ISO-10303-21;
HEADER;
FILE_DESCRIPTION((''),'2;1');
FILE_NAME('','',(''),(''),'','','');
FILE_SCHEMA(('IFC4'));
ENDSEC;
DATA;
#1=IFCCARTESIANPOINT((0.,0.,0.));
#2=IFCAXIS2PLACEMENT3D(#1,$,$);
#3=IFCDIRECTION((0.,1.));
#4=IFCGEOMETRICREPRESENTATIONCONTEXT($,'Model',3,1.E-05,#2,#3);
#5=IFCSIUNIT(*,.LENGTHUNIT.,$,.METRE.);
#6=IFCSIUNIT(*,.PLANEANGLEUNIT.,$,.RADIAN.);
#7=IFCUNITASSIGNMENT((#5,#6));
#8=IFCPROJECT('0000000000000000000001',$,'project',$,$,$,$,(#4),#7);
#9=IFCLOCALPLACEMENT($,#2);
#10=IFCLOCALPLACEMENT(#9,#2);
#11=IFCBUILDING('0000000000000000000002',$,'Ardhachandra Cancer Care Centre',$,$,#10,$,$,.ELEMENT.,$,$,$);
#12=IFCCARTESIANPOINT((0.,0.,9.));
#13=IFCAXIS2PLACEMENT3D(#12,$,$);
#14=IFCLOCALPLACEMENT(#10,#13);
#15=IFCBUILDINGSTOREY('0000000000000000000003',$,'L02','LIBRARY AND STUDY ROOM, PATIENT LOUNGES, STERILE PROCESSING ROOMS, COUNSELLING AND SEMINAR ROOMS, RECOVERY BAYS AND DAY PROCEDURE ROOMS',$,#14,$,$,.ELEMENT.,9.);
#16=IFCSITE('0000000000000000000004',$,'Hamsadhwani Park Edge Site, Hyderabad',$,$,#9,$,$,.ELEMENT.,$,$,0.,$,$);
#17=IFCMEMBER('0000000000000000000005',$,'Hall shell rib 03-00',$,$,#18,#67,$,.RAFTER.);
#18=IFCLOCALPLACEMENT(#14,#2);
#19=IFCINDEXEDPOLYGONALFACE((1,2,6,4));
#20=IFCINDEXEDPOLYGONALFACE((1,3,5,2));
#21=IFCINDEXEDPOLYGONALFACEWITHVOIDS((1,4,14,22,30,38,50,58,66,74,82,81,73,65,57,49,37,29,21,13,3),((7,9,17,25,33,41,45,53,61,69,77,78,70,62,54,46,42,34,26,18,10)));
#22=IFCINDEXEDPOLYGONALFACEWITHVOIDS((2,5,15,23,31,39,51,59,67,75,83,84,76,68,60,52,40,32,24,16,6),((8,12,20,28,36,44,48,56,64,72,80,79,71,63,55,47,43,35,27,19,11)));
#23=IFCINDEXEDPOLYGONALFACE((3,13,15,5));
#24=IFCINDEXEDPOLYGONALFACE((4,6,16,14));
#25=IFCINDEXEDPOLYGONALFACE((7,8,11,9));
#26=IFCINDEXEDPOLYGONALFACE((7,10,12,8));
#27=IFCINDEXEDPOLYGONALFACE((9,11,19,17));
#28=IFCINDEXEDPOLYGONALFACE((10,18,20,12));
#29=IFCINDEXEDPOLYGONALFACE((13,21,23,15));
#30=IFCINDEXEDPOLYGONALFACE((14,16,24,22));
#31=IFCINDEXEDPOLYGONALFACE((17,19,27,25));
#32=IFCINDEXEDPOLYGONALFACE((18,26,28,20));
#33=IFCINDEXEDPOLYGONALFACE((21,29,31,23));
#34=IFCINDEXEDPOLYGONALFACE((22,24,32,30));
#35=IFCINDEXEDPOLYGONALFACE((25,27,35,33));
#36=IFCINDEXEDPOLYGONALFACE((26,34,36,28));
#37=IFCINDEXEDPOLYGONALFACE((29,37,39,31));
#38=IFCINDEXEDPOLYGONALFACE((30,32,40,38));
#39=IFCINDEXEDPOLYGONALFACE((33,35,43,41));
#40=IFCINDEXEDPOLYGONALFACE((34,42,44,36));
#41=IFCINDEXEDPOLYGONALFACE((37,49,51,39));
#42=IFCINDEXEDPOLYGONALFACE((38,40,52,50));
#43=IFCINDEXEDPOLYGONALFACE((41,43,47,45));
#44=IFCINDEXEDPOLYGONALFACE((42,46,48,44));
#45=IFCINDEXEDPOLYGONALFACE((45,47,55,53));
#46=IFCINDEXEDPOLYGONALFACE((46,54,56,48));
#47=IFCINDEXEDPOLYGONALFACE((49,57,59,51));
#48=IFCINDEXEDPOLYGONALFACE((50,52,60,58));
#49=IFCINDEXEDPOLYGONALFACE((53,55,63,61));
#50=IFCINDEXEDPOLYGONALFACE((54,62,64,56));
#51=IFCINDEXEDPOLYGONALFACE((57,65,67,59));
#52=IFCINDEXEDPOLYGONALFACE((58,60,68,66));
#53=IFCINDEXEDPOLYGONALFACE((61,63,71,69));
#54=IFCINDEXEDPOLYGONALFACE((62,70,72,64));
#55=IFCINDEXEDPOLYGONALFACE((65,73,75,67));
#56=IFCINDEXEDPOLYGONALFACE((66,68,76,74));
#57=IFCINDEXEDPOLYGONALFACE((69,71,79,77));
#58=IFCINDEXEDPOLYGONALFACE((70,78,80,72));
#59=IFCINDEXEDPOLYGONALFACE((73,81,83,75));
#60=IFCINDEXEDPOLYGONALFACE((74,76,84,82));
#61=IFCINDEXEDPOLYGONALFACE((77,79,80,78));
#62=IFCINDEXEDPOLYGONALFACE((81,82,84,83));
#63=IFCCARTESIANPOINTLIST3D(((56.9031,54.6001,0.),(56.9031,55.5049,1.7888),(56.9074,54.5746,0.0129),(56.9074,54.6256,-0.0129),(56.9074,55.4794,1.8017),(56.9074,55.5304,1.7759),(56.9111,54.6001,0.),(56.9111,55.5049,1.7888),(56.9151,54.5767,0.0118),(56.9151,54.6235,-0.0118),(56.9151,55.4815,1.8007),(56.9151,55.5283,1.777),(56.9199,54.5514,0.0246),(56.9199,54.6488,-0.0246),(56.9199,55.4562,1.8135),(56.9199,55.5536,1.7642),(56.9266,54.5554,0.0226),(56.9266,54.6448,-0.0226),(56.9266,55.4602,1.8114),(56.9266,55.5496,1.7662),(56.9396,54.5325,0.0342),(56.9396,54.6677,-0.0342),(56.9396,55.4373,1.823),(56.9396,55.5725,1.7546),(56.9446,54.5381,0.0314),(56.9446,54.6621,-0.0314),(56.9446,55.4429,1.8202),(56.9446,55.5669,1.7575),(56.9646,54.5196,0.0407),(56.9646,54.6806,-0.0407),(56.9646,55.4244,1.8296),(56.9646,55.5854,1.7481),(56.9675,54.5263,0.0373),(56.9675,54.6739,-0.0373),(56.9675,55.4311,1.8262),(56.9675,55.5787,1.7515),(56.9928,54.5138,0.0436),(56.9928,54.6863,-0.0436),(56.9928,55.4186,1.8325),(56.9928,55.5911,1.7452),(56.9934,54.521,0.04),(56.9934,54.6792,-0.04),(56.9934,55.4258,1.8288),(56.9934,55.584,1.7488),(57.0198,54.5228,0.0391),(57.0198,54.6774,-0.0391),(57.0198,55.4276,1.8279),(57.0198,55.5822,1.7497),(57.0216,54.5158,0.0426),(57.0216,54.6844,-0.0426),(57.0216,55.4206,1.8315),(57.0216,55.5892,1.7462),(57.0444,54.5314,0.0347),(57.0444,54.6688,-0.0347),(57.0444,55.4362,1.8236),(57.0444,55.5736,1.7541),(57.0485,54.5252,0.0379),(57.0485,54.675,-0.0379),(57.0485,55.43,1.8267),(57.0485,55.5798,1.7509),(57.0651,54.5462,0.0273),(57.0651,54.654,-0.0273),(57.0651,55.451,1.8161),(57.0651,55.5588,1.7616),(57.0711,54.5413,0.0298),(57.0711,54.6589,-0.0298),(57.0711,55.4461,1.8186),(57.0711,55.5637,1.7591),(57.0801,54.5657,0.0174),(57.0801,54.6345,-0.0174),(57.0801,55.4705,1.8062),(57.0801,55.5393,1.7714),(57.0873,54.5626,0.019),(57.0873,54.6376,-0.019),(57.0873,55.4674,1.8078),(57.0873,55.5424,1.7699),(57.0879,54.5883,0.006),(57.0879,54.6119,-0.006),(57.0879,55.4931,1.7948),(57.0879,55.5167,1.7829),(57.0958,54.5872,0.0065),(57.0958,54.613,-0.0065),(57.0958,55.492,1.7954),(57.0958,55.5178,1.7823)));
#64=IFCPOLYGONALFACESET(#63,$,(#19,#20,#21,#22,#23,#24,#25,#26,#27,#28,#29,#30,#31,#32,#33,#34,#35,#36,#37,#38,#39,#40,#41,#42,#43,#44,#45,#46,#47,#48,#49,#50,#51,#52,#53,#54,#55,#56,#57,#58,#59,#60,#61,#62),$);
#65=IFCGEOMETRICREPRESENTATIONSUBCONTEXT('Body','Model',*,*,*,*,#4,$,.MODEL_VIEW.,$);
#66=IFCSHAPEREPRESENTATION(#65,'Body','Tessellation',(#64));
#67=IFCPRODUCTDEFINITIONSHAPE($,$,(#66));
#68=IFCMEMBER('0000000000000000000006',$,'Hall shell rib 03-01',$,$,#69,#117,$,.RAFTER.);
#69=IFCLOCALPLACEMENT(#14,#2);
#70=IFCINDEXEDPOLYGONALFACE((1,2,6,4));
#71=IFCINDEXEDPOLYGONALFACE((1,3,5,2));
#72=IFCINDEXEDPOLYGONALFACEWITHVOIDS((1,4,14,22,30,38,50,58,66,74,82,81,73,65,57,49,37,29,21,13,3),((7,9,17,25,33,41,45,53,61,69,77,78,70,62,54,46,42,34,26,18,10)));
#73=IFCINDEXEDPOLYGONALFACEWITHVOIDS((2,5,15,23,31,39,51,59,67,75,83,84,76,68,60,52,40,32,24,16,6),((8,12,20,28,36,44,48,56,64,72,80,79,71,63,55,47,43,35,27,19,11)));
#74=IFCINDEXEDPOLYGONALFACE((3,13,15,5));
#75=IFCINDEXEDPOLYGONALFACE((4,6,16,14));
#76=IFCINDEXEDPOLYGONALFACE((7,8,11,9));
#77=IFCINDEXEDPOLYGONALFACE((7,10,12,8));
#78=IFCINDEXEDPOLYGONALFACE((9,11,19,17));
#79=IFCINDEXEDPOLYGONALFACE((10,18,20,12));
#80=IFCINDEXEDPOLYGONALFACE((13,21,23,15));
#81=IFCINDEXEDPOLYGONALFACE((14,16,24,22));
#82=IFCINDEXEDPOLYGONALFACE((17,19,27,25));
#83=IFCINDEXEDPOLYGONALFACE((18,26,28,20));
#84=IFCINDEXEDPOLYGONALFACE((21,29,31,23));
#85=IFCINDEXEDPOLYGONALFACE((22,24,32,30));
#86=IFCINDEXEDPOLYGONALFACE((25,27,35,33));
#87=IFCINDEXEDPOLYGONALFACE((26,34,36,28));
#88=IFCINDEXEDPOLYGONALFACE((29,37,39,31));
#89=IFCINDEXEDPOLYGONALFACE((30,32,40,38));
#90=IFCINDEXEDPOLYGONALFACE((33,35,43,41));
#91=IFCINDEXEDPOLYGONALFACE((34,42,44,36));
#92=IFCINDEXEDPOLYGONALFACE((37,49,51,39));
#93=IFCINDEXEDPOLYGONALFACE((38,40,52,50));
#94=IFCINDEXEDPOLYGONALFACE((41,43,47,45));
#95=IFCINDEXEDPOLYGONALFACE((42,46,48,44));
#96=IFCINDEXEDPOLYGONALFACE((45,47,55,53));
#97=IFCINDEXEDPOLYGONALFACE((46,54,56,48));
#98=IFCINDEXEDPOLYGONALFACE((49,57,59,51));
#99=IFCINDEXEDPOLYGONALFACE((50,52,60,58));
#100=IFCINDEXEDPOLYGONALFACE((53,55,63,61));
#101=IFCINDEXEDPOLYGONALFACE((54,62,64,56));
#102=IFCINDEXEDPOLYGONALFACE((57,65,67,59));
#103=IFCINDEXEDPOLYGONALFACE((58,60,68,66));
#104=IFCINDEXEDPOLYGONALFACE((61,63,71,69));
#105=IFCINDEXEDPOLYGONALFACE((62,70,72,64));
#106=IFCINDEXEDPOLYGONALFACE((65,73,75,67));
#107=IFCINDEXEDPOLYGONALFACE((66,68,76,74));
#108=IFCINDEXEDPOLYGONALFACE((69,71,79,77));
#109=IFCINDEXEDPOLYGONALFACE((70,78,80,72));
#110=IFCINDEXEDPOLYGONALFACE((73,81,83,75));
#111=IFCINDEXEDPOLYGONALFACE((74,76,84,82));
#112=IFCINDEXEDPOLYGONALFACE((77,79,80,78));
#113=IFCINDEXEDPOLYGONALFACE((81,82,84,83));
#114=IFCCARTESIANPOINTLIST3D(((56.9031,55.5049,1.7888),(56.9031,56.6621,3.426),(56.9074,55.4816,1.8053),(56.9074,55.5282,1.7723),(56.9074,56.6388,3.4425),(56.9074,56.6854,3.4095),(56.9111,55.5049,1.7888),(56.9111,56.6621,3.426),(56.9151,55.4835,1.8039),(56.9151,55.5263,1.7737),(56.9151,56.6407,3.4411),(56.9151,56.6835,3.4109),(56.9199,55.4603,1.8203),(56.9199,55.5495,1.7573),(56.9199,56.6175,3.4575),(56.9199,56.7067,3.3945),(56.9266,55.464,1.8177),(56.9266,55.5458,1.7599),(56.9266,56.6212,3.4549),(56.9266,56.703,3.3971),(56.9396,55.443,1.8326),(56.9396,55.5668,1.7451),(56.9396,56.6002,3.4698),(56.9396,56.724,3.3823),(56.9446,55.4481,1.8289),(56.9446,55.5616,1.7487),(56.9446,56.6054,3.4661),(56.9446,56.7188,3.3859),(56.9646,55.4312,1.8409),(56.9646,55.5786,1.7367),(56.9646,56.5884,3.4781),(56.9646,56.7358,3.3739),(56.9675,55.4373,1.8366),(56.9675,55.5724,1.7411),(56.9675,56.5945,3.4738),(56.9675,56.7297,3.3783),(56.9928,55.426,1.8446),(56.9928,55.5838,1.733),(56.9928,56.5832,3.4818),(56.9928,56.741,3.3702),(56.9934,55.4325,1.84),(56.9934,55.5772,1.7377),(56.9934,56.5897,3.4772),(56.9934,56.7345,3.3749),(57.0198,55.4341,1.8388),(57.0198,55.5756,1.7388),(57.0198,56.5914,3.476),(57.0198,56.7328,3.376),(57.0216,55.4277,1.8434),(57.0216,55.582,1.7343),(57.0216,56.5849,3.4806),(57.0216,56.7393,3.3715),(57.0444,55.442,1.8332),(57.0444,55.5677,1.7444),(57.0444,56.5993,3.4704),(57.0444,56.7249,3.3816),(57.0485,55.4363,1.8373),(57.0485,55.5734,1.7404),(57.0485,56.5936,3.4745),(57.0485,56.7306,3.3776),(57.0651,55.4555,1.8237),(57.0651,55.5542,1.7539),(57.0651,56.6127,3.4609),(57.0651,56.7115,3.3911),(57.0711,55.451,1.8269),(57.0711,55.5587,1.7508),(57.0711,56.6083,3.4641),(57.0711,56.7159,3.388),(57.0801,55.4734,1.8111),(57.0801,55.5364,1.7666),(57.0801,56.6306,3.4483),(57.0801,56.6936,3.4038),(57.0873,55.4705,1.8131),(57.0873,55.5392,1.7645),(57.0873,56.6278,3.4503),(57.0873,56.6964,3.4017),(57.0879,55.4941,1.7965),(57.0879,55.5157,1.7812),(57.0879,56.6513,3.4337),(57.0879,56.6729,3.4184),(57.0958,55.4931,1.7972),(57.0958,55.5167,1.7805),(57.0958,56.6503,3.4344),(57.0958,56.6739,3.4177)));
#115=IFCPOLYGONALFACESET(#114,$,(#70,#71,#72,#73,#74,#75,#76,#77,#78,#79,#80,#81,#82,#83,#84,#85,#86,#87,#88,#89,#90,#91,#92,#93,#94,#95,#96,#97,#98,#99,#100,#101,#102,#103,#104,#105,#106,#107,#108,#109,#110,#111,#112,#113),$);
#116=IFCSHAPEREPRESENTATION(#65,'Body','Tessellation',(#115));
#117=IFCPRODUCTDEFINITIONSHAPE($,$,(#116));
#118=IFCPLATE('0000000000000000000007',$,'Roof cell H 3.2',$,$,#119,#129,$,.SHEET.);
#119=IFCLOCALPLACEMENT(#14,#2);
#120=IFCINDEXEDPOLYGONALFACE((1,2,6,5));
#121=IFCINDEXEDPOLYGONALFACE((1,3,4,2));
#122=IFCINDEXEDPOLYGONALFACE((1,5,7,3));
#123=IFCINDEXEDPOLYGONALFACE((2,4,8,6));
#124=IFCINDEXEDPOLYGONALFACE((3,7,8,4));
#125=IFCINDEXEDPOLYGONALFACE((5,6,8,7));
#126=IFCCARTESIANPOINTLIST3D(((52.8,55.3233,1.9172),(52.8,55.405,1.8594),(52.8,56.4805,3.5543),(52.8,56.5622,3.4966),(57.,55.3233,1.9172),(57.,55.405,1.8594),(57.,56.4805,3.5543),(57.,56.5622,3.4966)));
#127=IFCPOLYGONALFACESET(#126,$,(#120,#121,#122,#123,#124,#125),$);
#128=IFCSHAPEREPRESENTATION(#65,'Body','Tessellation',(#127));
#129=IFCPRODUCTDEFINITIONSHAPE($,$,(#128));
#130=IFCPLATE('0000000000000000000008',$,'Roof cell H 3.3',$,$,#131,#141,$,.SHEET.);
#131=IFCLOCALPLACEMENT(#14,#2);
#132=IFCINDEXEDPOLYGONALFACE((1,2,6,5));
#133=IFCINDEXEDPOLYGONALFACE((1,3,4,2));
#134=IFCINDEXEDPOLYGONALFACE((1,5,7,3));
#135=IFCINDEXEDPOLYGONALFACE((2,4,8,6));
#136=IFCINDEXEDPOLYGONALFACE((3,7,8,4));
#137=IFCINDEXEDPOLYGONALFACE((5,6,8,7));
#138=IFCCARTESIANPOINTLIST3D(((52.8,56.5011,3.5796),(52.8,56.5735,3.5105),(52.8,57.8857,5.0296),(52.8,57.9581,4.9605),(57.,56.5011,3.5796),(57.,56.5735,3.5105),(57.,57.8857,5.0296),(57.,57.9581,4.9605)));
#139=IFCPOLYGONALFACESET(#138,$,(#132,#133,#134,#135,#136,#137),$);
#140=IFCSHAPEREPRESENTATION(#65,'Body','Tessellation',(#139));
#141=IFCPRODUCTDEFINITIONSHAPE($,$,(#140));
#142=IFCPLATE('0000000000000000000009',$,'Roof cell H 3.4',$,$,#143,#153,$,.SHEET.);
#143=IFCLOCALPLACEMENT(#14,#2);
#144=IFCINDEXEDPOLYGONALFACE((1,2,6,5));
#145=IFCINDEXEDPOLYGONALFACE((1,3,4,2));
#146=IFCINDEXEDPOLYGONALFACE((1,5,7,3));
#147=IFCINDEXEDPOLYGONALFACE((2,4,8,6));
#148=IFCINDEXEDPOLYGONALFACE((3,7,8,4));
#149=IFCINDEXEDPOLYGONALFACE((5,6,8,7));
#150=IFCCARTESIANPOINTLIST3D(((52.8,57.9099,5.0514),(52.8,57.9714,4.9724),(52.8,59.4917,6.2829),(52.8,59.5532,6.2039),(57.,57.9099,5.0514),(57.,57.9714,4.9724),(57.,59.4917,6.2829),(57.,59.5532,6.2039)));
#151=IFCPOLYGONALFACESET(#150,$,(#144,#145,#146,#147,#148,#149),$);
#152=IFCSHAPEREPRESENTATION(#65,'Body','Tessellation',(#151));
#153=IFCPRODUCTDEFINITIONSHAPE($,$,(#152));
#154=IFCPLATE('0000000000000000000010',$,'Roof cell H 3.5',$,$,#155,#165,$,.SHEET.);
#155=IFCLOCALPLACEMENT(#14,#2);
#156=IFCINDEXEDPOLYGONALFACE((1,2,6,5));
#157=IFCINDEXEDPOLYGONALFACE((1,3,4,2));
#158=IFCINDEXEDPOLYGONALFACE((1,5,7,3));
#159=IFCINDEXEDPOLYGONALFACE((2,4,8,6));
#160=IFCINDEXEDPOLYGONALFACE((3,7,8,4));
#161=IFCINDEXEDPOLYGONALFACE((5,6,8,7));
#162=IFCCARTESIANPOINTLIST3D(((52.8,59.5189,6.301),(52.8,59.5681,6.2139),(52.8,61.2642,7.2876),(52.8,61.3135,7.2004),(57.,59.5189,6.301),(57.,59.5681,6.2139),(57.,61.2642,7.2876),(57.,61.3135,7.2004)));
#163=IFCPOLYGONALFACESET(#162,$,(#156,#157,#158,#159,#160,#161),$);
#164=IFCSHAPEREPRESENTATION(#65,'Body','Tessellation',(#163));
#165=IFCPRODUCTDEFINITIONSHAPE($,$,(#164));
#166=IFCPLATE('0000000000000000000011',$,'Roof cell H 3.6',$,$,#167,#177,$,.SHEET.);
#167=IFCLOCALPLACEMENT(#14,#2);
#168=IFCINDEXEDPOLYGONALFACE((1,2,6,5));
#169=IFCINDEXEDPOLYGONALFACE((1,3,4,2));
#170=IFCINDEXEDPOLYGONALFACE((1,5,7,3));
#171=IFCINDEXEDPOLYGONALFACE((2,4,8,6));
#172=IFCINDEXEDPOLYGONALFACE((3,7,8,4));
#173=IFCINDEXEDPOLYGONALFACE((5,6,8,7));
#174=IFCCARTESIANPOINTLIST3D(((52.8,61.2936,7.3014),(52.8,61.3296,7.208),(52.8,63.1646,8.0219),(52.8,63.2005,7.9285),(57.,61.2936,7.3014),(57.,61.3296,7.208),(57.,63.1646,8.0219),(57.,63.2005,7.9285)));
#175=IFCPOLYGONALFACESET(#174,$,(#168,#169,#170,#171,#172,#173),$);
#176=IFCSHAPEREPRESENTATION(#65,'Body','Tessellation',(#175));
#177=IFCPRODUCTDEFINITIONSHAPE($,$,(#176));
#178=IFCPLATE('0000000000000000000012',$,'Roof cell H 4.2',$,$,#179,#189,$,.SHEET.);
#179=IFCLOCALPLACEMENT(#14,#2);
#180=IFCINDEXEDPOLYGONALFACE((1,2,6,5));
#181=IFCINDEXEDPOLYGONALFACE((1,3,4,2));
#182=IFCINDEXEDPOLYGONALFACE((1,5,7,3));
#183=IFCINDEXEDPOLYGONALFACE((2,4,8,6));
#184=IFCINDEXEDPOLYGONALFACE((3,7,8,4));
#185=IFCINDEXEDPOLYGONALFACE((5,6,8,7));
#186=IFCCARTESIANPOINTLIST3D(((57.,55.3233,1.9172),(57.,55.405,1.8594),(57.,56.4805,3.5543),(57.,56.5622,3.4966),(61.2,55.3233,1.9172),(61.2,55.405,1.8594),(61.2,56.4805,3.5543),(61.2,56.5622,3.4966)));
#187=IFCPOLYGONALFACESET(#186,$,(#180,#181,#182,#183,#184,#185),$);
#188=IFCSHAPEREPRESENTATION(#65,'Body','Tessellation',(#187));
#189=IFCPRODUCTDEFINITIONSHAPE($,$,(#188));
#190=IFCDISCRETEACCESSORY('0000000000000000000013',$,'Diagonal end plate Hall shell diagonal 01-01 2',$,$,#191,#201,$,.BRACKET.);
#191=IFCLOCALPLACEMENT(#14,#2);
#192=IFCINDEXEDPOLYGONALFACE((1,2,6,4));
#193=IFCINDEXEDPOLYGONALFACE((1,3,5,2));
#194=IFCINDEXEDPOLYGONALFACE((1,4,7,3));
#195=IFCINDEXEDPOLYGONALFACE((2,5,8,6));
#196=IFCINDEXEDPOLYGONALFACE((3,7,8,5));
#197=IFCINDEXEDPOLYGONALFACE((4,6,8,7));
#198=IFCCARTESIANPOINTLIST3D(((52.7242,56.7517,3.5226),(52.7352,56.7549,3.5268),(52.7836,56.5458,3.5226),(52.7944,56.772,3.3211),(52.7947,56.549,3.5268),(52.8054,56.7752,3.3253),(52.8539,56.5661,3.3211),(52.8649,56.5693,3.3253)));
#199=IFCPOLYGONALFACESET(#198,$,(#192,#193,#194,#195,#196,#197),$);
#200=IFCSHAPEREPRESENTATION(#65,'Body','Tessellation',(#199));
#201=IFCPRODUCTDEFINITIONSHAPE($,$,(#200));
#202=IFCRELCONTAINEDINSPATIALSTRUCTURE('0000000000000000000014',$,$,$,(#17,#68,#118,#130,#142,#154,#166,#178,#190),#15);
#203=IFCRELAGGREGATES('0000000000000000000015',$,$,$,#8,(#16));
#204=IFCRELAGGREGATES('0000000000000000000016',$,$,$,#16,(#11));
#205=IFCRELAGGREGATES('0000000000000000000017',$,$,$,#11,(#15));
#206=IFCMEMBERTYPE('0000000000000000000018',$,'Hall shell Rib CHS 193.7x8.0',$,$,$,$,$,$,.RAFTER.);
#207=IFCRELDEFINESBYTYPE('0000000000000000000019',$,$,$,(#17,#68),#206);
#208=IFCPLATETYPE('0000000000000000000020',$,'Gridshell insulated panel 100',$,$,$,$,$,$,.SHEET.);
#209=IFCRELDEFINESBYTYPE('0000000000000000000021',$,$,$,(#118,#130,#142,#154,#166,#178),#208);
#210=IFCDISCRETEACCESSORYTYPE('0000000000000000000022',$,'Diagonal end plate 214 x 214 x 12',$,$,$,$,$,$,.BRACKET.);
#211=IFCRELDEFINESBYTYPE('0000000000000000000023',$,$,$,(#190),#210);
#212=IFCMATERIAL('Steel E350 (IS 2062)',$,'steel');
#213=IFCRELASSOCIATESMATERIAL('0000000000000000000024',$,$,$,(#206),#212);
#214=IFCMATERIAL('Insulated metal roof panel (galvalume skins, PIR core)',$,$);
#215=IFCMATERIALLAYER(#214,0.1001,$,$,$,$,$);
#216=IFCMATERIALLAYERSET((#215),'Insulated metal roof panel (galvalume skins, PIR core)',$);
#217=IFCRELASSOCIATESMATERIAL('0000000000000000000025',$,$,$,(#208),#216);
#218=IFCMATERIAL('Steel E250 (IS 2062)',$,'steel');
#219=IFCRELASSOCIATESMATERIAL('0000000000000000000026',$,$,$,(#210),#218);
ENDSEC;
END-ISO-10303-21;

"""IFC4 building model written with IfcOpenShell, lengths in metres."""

from ifc_helpers import new_model, si_unit, direction, frame, origin, origin_2d, place, context, subcontext, project, spatial, polyline, rectangle, hollow_circle, outline, extrude, material, layer, layer_set, material_profile, profile_set, type_object, element, save


model = new_model("IFC4")

# Units and contexts
model_context = context("Model", 3, precision=1e-05, world=origin(), true_north=direction((0.0, 1.0)))
body_context = subcontext(model_context, "Body", "Model", "MODEL_VIEW")
ifc_project = project(units=[si_unit("LENGTHUNIT", "METRE"), si_unit("PLANEANGLEUNIT", "RADIAN")], contexts=[model_context])

# Site, building, storey
site_placement = place(None, origin())
site = spatial("IfcSite", under=ifc_project, at=site_placement, Name="Hamsadhwani Park Edge Site, Hyderabad", CompositionType="ELEMENT", RefElevation=0.0)
building_placement = place(site_placement, origin())
building = spatial("IfcBuilding", under=site, at=building_placement, Name="Ardhachandra Cancer Care Centre", CompositionType="ELEMENT")
storey_placement = place(building_placement, frame((0.0, 0.0, 9.0)))
storey = spatial("IfcBuildingStorey", under=building, at=storey_placement, Name="L02", Description="LIBRARY AND STUDY ROOM, PATIENT LOUNGES, STERILE PROCESSING ROOMS, COUNSELLING AND SEMINAR ROOMS, RECOVERY BAYS AND DAY PROCEDURE ROOMS", CompositionType="ELEMENT", Elevation=9.0)

# Members
ifc_material_1 = material(Name="Steel E350 (IS 2062)", Category="steel")
ifc_material_profile_1 = material_profile(ifc_material_1, hollow_circle(Radius=0.0969, WallThickness=0.0081, at=origin_2d()), Name="CHS 193.7x8.0")
ifc_profile_set_1 = profile_set([ifc_material_profile_1], Name="Steel E350 (IS 2062)")
member_type_1 = type_object("IfcMemberType", Name="Hall shell Rib CHS 193.7x8.0", PredefinedType="RAFTER", material=ifc_profile_set_1)
for number, where, z_axis, x_axis, name in (
    (1, (57.0, 54.6001, 0.0), (0.0, 0.45135, 0.892347), (-1.0, 0.0, 0.0), "Hall shell rib 03-00"),
):
    element("IfcMember", number, at=place(storey_placement, frame(where, z_axis=z_axis, x_axis=x_axis)), inside=storey, type_object=member_type_1, Name=name, PredefinedType="RAFTER", context=body_context, shape_type="SweptSolid", body=[
        extrude(hollow_circle(Radius=0.0969, WallThickness=0.0081, at=origin_2d()), origin(), (0.0, 0.0, 1.0), 2.0046),
    ])
member_1_placement = place(storey_placement, frame((57.0, 55.5049, 1.7888), z_axis=(0.0, 0.577199, 0.816603), x_axis=(-1.0, 0.0, 0.0)))
element("IfcMember", 2, at=member_1_placement, inside=storey, type_object=member_type_1, Name="Hall shell rib 03-01", PredefinedType="RAFTER", context=body_context, shape_type="SweptSolid", body=[
    extrude(hollow_circle(Radius=0.0969, WallThickness=0.0081, at=origin_2d()), origin(), (0.0, 0.0, 1.0), 2.0049),
])

# Plates
ifc_material_2 = material(Name="Insulated metal roof panel (galvalume skins, PIR core)")
ifc_layer = layer(ifc_material_2, 0.1001)
ifc_layer_set = layer_set([ifc_layer], Name="Insulated metal roof panel (galvalume skins, PIR core)")
plate_type = type_object("IfcPlateType", Name="Gridshell insulated panel 100", PredefinedType="SHEET", material=ifc_layer_set)
for number, where, z_axis, x_axis, name in (
    (3, (52.8, 55.405, 1.8594), (0.0, -0.816603, 0.577199), (1.0, 0.0, 0.0), "Roof cell H 3.2"),
    (4, (52.8, 56.5735, 3.5105), (0.0, -0.723237, 0.6906), (1.0, 0.0, 0.0), "Roof cell H 3.3"),
):
    element("IfcPlate", number, at=place(storey_placement, frame(where, z_axis=z_axis, x_axis=x_axis)), inside=storey, type_object=plate_type, Name=name, PredefinedType="SHEET", context=body_context, shape_type="SweptSolid", body=[
        extrude(outline(polyline([(0.0, 0.0), (4.2, 0.0), (4.2, 2.0049), (0.0, 2.0049), (0.0, 0.0)])), origin(), (0.0, 0.0, 1.0), 0.1001),
    ])
plate_placement = place(storey_placement, frame((52.8, 57.9714, 4.9724), z_axis=(0.0, -0.614303, 0.78907), x_axis=(1.0, 0.0, 0.0)))
element("IfcPlate", 5, at=plate_placement, inside=storey, type_object=plate_type, Name="Roof cell H 3.4", PredefinedType="SHEET", context=body_context, shape_type="SweptSolid", body=[
    extrude(outline(polyline([(0.0, 0.0), (4.2, 0.0), (4.2, 2.0046), (0.0, 2.0046), (0.0, 0.0)])), origin(), (0.0, 0.0, 1.0), 0.1001),
])
for number, where, z_axis, x_axis, name in (
    (6, (52.8, 59.5681, 6.2139), (0.0, -0.492081, 0.870549), (1.0, 0.0, 0.0), "Roof cell H 3.5"),
    (7, (52.8, 61.3296, 7.208), (0.0, -0.359371, 0.933195), (1.0, 0.0, 0.0), "Roof cell H 3.6"),
    (8, (57.0, 55.405, 1.8594), (0.0, -0.816603, 0.577199), (1.0, 0.0, 0.0), "Roof cell H 4.2"),
):
    element("IfcPlate", number, at=place(storey_placement, frame(where, z_axis=z_axis, x_axis=x_axis)), inside=storey, type_object=plate_type, Name=name, PredefinedType="SHEET", context=body_context, shape_type="SweptSolid", body=[
        extrude(outline(polyline([(0.0, 0.0), (4.2, 0.0), (4.2, 2.0049), (0.0, 2.0049), (0.0, 0.0)])), origin(), (0.0, 0.0, 1.0), 0.1001),
    ])

# Discrete accessory
ifc_material_3 = material(Name="Steel E250 (IS 2062)", Category="steel")
ifc_material_profile_2 = material_profile(ifc_material_3, rectangle(XDim=0.2144, YDim=0.2144, at=origin_2d()), Name="PL 214x214x12")
ifc_profile_set_2 = profile_set([ifc_material_profile_2], Name="Steel E250 (IS 2062)")
discrete_accessory_type = type_object("IfcDiscreteAccessoryType", Name="Diagonal end plate 214 x 214 x 12", PredefinedType="BRACKET", material=ifc_profile_set_2)
discrete_accessory_1_placement = place(storey_placement, frame((52.8, 56.6621, 3.426), z_axis=(-0.903076, -0.260889, -0.341162), x_axis=(0.27754, -0.960714, 0.0)))
element("IfcDiscreteAccessory", 9, at=discrete_accessory_1_placement, inside=storey, type_object=discrete_accessory_type, Name="Diagonal end plate Hall shell diagonal 01-01 2", PredefinedType="BRACKET", context=body_context, shape_type="SweptSolid", body=[
    extrude(rectangle(XDim=0.2144, YDim=0.2144, at=origin_2d()), origin(), (0.0, 0.0, 1.0), 0.0122),
])

save(model, "model.ifc")
